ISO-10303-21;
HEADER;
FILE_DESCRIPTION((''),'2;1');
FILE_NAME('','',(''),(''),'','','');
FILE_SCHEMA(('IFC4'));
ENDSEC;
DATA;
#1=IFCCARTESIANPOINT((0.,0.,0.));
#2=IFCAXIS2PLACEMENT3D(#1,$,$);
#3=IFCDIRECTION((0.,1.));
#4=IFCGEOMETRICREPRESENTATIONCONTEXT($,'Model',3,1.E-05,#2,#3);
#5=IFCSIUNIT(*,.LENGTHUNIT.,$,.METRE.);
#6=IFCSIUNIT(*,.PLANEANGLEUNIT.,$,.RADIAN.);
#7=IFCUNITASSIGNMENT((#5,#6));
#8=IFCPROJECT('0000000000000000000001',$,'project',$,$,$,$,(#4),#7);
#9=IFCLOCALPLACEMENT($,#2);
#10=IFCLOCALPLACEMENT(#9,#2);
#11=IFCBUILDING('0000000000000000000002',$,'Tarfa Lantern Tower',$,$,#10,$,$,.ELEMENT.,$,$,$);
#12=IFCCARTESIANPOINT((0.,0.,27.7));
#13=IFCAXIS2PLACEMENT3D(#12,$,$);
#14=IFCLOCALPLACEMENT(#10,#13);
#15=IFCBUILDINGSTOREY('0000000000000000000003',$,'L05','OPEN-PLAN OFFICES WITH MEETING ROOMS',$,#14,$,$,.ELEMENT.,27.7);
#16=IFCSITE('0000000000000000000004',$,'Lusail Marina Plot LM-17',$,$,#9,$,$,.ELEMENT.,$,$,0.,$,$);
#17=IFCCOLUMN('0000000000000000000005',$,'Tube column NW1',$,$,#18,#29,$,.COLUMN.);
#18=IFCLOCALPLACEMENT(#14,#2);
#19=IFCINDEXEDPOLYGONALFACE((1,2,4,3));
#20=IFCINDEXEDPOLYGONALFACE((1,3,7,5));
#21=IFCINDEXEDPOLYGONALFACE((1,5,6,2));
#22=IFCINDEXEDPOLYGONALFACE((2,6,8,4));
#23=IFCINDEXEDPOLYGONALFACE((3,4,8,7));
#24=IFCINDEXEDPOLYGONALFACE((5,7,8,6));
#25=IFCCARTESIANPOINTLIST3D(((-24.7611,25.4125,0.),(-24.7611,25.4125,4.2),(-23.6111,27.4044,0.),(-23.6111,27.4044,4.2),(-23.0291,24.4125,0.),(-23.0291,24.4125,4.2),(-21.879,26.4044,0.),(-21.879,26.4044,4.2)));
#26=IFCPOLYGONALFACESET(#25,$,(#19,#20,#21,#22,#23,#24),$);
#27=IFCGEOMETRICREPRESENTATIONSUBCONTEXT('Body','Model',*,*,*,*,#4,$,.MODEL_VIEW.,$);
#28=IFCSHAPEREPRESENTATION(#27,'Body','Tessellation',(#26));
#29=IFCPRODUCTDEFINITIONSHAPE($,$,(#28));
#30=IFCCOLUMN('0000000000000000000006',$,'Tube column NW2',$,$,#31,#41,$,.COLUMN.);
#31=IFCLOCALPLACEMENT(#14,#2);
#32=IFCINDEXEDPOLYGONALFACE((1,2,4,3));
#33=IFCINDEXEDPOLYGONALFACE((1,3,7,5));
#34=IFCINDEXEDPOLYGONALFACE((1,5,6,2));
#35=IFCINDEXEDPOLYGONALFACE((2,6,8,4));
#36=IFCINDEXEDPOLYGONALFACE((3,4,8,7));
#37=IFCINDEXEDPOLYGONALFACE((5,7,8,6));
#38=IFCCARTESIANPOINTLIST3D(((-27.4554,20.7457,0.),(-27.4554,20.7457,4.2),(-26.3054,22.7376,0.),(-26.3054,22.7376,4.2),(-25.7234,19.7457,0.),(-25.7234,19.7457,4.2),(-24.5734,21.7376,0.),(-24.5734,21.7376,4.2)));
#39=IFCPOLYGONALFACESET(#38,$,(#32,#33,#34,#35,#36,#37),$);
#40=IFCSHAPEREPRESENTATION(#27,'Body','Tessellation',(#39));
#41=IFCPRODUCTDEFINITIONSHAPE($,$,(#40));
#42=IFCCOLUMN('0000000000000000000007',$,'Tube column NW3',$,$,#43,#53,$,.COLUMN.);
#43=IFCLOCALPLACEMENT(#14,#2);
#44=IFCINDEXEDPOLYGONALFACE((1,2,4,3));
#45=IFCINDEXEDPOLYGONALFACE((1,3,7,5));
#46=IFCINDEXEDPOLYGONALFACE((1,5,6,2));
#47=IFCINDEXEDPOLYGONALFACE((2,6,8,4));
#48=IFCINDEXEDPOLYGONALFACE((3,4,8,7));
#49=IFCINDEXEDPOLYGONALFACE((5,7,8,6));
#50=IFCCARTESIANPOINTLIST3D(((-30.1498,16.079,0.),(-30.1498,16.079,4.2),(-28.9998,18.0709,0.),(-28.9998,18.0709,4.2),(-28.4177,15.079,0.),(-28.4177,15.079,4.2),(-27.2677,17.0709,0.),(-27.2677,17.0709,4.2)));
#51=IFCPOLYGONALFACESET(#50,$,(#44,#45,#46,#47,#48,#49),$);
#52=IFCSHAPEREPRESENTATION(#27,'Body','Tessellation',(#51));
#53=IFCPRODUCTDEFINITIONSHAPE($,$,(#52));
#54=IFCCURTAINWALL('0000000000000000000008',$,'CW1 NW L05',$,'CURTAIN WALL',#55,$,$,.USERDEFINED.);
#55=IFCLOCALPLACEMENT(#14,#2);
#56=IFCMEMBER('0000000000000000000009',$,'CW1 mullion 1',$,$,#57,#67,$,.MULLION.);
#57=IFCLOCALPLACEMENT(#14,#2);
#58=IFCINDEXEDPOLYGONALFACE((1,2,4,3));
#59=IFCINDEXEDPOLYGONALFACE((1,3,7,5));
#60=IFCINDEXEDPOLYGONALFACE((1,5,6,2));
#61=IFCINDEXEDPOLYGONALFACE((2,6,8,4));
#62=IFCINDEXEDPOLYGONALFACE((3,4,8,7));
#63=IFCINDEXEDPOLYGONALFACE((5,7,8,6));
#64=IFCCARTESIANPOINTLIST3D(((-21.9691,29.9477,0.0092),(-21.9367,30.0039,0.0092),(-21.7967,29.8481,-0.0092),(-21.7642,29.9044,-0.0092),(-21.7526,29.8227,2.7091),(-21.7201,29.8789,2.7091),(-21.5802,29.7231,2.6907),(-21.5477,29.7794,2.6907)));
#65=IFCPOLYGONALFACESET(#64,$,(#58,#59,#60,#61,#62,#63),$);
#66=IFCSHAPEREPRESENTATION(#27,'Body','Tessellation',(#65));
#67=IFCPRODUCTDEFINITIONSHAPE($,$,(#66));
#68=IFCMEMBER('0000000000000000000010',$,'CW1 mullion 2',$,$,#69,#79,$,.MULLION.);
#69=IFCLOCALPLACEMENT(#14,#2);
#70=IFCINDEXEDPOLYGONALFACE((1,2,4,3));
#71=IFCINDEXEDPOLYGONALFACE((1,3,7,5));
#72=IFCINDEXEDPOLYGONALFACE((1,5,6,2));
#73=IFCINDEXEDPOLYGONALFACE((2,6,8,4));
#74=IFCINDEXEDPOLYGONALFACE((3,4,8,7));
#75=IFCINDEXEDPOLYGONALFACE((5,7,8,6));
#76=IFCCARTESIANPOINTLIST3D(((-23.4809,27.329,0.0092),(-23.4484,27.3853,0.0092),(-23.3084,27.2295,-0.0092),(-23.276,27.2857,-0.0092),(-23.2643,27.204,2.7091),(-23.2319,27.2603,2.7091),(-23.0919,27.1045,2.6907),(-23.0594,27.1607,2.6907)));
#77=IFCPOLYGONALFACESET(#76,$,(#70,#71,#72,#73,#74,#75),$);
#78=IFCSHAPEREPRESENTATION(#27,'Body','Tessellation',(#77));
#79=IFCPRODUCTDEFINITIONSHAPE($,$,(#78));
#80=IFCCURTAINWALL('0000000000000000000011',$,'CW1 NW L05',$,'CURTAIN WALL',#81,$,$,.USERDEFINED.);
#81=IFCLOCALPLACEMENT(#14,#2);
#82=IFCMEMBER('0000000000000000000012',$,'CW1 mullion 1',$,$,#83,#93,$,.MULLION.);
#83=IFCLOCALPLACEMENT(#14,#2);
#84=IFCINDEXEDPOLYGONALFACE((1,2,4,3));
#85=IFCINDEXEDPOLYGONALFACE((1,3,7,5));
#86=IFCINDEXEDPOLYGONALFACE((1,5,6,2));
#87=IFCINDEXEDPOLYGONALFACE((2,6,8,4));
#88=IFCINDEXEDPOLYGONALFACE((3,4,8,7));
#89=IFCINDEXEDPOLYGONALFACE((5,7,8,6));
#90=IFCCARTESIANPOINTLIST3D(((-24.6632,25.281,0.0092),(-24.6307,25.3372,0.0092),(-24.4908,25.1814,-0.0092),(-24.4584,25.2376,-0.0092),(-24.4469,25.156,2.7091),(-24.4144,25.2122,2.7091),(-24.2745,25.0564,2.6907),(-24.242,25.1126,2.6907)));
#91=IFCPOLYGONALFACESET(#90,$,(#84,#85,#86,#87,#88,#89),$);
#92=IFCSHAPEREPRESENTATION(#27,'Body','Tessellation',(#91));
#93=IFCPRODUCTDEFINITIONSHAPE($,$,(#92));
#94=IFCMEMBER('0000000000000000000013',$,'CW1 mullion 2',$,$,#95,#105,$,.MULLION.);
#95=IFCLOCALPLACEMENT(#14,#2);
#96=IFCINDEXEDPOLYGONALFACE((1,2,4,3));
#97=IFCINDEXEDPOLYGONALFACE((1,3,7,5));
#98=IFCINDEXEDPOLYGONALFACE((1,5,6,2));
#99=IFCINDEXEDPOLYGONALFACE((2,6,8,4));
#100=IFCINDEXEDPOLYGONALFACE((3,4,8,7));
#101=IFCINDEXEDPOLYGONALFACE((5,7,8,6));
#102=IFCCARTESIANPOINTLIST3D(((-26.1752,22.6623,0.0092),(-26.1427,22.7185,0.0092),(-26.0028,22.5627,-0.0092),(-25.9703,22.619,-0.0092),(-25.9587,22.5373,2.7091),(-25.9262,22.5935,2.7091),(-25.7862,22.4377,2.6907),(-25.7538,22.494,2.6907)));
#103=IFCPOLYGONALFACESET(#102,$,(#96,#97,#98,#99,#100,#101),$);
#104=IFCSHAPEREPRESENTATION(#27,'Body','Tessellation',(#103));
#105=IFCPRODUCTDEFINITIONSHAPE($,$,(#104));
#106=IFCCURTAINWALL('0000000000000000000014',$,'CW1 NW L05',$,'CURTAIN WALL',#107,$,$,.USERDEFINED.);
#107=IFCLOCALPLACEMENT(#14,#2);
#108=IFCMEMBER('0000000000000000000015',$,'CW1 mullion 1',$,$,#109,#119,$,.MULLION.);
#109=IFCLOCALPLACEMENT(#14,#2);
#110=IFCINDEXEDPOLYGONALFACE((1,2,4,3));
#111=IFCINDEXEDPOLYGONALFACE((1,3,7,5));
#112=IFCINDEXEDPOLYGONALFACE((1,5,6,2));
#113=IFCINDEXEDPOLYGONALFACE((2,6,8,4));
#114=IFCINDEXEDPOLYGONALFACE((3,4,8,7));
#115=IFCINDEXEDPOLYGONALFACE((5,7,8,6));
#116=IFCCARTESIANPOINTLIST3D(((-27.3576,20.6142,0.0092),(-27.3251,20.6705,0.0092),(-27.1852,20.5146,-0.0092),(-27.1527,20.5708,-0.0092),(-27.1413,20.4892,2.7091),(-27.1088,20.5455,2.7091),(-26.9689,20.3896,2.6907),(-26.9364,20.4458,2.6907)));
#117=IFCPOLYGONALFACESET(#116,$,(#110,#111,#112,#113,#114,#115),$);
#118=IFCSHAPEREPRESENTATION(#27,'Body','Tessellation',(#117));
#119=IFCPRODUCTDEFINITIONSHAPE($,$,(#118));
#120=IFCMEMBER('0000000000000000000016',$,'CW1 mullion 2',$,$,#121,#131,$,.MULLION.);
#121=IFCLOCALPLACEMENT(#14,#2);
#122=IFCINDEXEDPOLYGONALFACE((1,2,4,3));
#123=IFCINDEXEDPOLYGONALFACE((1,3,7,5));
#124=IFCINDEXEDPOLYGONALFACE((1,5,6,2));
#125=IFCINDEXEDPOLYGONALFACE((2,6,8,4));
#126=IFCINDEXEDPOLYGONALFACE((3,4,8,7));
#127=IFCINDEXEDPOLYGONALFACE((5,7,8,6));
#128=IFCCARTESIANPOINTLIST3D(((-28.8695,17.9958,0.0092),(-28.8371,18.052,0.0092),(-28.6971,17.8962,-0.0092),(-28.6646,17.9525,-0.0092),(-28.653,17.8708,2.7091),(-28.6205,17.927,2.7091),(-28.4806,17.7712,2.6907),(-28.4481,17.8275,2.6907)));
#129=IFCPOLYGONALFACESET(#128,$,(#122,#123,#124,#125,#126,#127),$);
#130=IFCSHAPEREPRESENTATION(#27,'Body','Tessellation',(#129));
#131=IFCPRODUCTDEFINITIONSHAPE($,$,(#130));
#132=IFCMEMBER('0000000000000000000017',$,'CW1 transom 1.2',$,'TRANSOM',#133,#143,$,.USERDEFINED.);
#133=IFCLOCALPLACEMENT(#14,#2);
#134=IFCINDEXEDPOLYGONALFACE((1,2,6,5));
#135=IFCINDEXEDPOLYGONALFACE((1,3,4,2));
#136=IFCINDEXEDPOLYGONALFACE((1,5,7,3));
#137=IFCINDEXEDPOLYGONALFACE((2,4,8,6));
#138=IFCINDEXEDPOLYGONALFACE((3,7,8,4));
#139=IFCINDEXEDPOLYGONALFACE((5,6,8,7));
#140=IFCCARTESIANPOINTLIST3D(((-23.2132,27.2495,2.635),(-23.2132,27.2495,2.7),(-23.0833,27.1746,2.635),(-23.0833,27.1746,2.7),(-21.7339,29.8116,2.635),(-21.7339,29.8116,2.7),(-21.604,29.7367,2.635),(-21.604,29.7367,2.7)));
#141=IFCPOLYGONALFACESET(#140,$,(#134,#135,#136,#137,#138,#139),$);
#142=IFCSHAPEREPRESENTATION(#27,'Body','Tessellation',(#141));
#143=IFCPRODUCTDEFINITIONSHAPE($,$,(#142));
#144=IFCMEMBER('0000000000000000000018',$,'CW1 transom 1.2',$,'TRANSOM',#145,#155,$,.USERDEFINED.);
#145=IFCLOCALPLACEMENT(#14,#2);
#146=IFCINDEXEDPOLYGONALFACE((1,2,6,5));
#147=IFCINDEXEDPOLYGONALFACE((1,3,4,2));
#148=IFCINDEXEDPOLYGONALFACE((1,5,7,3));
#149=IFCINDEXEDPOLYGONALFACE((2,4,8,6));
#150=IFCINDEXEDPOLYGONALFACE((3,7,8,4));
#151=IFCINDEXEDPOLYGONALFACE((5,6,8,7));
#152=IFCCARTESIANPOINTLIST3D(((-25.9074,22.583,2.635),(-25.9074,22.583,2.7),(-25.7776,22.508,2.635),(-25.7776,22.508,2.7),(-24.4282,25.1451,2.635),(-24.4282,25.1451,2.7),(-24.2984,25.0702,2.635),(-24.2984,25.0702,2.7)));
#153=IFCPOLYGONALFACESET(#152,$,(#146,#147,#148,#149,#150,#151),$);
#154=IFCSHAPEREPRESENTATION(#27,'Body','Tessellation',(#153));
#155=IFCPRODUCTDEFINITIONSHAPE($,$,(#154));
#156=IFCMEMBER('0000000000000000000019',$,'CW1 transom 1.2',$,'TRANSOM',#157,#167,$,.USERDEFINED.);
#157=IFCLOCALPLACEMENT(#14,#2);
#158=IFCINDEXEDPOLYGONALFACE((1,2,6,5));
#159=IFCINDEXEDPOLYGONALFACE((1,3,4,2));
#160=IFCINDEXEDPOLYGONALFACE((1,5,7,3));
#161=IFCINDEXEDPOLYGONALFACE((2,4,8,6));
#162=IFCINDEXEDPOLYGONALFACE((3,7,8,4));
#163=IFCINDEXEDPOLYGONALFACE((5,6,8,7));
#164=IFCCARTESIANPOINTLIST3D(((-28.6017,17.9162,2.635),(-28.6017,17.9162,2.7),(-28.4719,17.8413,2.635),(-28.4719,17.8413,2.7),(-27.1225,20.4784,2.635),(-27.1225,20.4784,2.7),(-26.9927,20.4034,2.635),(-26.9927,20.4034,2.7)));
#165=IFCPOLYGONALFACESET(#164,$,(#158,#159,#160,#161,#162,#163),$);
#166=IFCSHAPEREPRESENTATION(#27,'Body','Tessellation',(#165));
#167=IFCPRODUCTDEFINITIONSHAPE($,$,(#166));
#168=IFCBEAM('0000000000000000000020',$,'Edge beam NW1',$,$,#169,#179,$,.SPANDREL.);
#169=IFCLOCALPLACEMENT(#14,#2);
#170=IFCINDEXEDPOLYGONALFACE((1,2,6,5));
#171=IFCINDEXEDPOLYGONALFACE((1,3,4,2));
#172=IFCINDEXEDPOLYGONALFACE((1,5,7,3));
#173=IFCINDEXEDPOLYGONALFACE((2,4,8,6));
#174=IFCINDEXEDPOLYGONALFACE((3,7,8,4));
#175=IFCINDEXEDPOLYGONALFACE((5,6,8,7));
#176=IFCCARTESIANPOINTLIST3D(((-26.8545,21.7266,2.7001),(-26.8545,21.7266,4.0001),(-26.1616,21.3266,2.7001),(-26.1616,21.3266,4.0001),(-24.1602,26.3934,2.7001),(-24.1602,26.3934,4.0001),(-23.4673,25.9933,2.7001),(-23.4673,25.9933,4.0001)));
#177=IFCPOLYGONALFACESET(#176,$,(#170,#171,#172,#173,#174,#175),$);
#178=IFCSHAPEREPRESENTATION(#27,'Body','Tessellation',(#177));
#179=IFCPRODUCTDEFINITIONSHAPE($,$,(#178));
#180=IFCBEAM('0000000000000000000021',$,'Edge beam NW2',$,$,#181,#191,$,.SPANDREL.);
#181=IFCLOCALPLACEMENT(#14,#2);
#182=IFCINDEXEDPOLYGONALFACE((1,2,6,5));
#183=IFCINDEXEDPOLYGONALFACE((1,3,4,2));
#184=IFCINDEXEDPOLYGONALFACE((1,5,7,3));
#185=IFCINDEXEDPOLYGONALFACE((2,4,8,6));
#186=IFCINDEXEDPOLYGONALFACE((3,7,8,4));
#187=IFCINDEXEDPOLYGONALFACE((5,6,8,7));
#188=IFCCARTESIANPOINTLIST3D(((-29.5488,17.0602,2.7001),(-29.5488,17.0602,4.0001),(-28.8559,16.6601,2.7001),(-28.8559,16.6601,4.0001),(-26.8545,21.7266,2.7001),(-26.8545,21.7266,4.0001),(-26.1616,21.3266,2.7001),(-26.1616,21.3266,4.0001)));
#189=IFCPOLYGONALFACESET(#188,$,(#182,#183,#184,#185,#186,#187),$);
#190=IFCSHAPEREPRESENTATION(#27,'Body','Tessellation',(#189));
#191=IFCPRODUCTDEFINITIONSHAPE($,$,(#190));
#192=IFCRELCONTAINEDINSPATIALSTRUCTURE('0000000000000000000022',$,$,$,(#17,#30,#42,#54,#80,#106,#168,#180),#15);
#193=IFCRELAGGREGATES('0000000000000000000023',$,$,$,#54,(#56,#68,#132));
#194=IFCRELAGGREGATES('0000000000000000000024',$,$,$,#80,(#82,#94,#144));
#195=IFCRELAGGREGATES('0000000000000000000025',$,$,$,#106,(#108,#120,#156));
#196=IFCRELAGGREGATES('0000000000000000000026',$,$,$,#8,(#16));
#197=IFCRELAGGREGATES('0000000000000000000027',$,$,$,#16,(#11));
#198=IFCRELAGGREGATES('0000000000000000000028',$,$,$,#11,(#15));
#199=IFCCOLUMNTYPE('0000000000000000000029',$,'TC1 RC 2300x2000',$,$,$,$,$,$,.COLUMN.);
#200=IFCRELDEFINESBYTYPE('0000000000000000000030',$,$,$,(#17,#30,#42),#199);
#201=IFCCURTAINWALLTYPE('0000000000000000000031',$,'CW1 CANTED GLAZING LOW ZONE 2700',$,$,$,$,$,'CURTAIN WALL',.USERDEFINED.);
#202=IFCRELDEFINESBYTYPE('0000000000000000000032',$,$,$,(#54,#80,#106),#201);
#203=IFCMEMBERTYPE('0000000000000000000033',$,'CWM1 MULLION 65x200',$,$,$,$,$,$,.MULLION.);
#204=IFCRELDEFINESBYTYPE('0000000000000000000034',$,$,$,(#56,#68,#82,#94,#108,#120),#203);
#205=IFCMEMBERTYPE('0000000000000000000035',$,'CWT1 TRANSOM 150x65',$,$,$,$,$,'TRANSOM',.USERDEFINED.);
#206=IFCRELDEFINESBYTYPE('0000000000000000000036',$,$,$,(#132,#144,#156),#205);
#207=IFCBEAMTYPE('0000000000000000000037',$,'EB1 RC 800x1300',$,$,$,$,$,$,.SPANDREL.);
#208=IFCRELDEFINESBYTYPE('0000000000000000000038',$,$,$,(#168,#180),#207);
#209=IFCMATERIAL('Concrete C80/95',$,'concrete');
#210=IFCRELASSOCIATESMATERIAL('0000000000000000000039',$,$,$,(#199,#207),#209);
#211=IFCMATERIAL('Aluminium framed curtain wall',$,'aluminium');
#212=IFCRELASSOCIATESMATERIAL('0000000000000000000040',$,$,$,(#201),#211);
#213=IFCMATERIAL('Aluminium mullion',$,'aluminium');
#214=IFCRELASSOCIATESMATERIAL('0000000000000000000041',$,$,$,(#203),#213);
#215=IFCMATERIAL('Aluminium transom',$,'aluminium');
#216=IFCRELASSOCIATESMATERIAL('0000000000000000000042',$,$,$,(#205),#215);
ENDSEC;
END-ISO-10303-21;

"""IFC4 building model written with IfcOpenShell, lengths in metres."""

from ifc_helpers import new_model, si_unit, direction, frame, origin, origin_2d, place, context, subcontext, project, spatial, rectangle, extrude, material, material_profile, profile_set, type_object, element, aggregate, save


model = new_model("IFC4")

# Units and contexts
model_context = context("Model", 3, precision=1e-05, world=origin(), true_north=direction((0.0, 1.0)))
body_context = subcontext(model_context, "Body", "Model", "MODEL_VIEW")
ifc_project = project(units=[si_unit("LENGTHUNIT", "METRE"), si_unit("PLANEANGLEUNIT", "RADIAN")], contexts=[model_context])

# Site, building, storey
site_placement = place(None, origin())
site = spatial("IfcSite", under=ifc_project, at=site_placement, Name="Lusail Marina Plot LM-17", CompositionType="ELEMENT", RefElevation=0.0)
building_placement = place(site_placement, origin())
building = spatial("IfcBuilding", under=site, at=building_placement, Name="Tarfa Lantern Tower", CompositionType="ELEMENT")
storey_placement = place(building_placement, frame((0.0, 0.0, 27.7)))
storey = spatial("IfcBuildingStorey", under=building, at=storey_placement, Name="L05", Description="OPEN-PLAN OFFICES WITH MEETING ROOMS", CompositionType="ELEMENT", Elevation=27.7)

# Columns
ifc_material_1 = material(Name="Concrete C80/95", Category="concrete")
ifc_material_profile_1 = material_profile(ifc_material_1, rectangle(XDim=2.3, YDim=2.0, at=origin_2d()), Name="RC 2300x2000")
ifc_profile_set_1 = profile_set([ifc_material_profile_1], Name="Concrete C80/95")
column_type = type_object("IfcColumnType", Name="TC1 RC 2300x2000", PredefinedType="COLUMN", material=ifc_profile_set_1)
for number, where, z_axis, x_axis, name in (
    (1, (-23.3201, 25.9084, 0.0), (0.0, 0.0, 1.0), (-0.5, -0.866025, 0.0), "Tube column NW1"),
    (2, (-26.0144, 21.2417, 0.0), (0.0, 0.0, 1.0), (-0.5, -0.866025, 0.0), "Tube column NW2"),
    (3, (-28.7087, 16.575, 0.0), (0.0, 0.0, 1.0), (-0.5, -0.866025, 0.0), "Tube column NW3"),
):
    element("IfcColumn", number, at=place(storey_placement, frame(where, z_axis=z_axis, x_axis=x_axis)), inside=storey, type_object=column_type, Name=name, PredefinedType="COLUMN", context=body_context, shape_type="SweptSolid", body=[
        extrude(rectangle(XDim=2.3, YDim=2.0, at=origin_2d()), origin(), (0.0, 0.0, 1.0), 4.2),
    ])

# Curtain walls, members
ifc_material_2 = material(Name="Aluminium framed curtain wall", Category="aluminium")
curtain_wall_type = type_object("IfcCurtainWallType", Name="CW1 CANTED GLAZING LOW ZONE 2700", ElementType="CURTAIN WALL", PredefinedType="USERDEFINED", material=ifc_material_2)
curtain_wall_1_placement = place(storey_placement, origin())
curtain_wall_1 = element("IfcCurtainWall", 4, at=curtain_wall_1_placement, inside=storey, type_object=curtain_wall_type, Name="CW1 NW L05", ObjectType="CURTAIN WALL", PredefinedType="USERDEFINED")
ifc_material_3 = material(Name="Aluminium mullion", Category="aluminium")
ifc_material_profile_2 = material_profile(ifc_material_3, rectangle(XDim=0.0649, YDim=0.2, at=origin_2d()), Name="AL MULLION 65x200")
ifc_profile_set_2 = profile_set([ifc_material_profile_2], Name="Aluminium mullion")
member_type_1 = type_object("IfcMemberType", Name="CWM1 MULLION 65x200", PredefinedType="MULLION", material=ifc_profile_set_2)
member_1_placement = place(storey_placement, frame((-21.8667, 29.926, 0.0), z_axis=(0.079864, -0.0461, 0.995739), x_axis=(0.49992, 0.866072, 0.0)))
member_1 = element("IfcMember", 5, at=member_1_placement, type_object=member_type_1, Name="CW1 mullion 1", PredefinedType="MULLION", context=body_context, shape_type="SweptSolid", body=[
    extrude(rectangle(XDim=0.0649, YDim=0.2, at=origin_2d()), origin(), (0.0, 0.0, 1.0), 2.7114),
])
member_2_placement = place(storey_placement, frame((-23.3784, 27.3074, 0.0), z_axis=(0.079864, -0.0461, 0.995739), x_axis=(0.49992, 0.866072, 0.0)))
member_2 = element("IfcMember", 6, at=member_2_placement, type_object=member_type_1, Name="CW1 mullion 2", PredefinedType="MULLION", context=body_context, shape_type="SweptSolid", body=[
    extrude(rectangle(XDim=0.0649, YDim=0.2, at=origin_2d()), origin(), (0.0, 0.0, 1.0), 2.7114),
])
curtain_wall_2_placement = place(storey_placement, origin())
curtain_wall_2 = element("IfcCurtainWall", 7, at=curtain_wall_2_placement, inside=storey, type_object=curtain_wall_type, Name="CW1 NW L05", ObjectType="CURTAIN WALL", PredefinedType="USERDEFINED")
member_3_placement = place(storey_placement, frame((-24.5608, 25.2593, 0.0), z_axis=(0.079775, -0.0461, 0.995746), x_axis=(0.500343, 0.865827, 0.0)))
member_3 = element("IfcMember", 8, at=member_3_placement, type_object=member_type_1, Name="CW1 mullion 1", PredefinedType="MULLION", context=body_context, shape_type="SweptSolid", body=[
    extrude(rectangle(XDim=0.0649, YDim=0.2, at=origin_2d()), origin(), (0.0, 0.0, 1.0), 2.7114),
])
member_4_placement = place(storey_placement, frame((-26.0728, 22.6406, 0.0), z_axis=(0.079864, -0.0461, 0.995739), x_axis=(0.49992, 0.866072, 0.0)))
member_4 = element("IfcMember", 9, at=member_4_placement, type_object=member_type_1, Name="CW1 mullion 2", PredefinedType="MULLION", context=body_context, shape_type="SweptSolid", body=[
    extrude(rectangle(XDim=0.0649, YDim=0.2, at=origin_2d()), origin(), (0.0, 0.0, 1.0), 2.7114),
])
curtain_wall_3_placement = place(storey_placement, origin())
curtain_wall_3 = element("IfcCurtainWall", 10, at=curtain_wall_3_placement, inside=storey, type_object=curtain_wall_type, Name="CW1 NW L05", ObjectType="CURTAIN WALL", PredefinedType="USERDEFINED")
member_5_placement = place(storey_placement, frame((-27.2551, 20.5925, 0.0), z_axis=(0.079775, -0.0461, 0.995746), x_axis=(0.500343, 0.865827, 0.0)))
member_5 = element("IfcMember", 11, at=member_5_placement, type_object=member_type_1, Name="CW1 mullion 1", PredefinedType="MULLION", context=body_context, shape_type="SweptSolid", body=[
    extrude(rectangle(XDim=0.0649, YDim=0.2, at=origin_2d()), origin(), (0.0, 0.0, 1.0), 2.7114),
])
member_6_placement = place(storey_placement, frame((-28.7671, 17.9741, 0.0), z_axis=(0.079864, -0.0461, 0.995739), x_axis=(0.49992, 0.866072, 0.0)))
member_6 = element("IfcMember", 12, at=member_6_placement, type_object=member_type_1, Name="CW1 mullion 2", PredefinedType="MULLION", context=body_context, shape_type="SweptSolid", body=[
    extrude(rectangle(XDim=0.0649, YDim=0.2, at=origin_2d()), origin(), (0.0, 0.0, 1.0), 2.7114),
])

# Members
ifc_material_4 = material(Name="Aluminium transom", Category="aluminium")
ifc_material_profile_3 = material_profile(ifc_material_4, rectangle(XDim=0.1499, YDim=0.0649, at=origin_2d()), Name="AL TRANSOM 150x65")
ifc_profile_set_3 = profile_set([ifc_material_profile_3], Name="Aluminium transom")
member_type_2 = type_object("IfcMemberType", Name="CWT1 TRANSOM 150x65", ElementType="TRANSOM", PredefinedType="USERDEFINED", material=ifc_profile_set_3)
member_7_placement = place(storey_placement, frame((-21.6689, 29.7742, 2.6675), z_axis=(-0.500018, -0.866015, 0.0), x_axis=(0.866015, -0.500018, 0.0)))
member_7 = element("IfcMember", 13, at=member_7_placement, type_object=member_type_2, Name="CW1 transom 1.2", ObjectType="TRANSOM", PredefinedType="USERDEFINED", context=body_context, shape_type="SweptSolid", body=[
    extrude(rectangle(XDim=0.1499, YDim=0.0649, at=origin_2d()), origin(), (0.0, 0.0, 1.0), 2.9585),
])
member_8_placement = place(storey_placement, frame((-24.3633, 25.1077, 2.6675), z_axis=(-0.499982, -0.866036, 0.0), x_axis=(0.866036, -0.499982, 0.0)))
member_8 = element("IfcMember", 14, at=member_8_placement, type_object=member_type_2, Name="CW1 transom 1.2", ObjectType="TRANSOM", PredefinedType="USERDEFINED", context=body_context, shape_type="SweptSolid", body=[
    extrude(rectangle(XDim=0.1499, YDim=0.0649, at=origin_2d()), origin(), (0.0, 0.0, 1.0), 2.9585),
])
member_9_placement = place(storey_placement, frame((-27.0576, 20.4409, 2.6675), z_axis=(-0.499982, -0.866036, 0.0), x_axis=(0.866036, -0.499982, 0.0)))
member_9 = element("IfcMember", 15, at=member_9_placement, type_object=member_type_2, Name="CW1 transom 1.2", ObjectType="TRANSOM", PredefinedType="USERDEFINED", context=body_context, shape_type="SweptSolid", body=[
    extrude(rectangle(XDim=0.1499, YDim=0.0649, at=origin_2d()), origin(), (0.0, 0.0, 1.0), 2.9585),
])

# Beams
ifc_material_profile_4 = material_profile(ifc_material_1, rectangle(XDim=0.8, YDim=1.3, at=origin_2d()), Name="RC 800x1300")
ifc_profile_set_4 = profile_set([ifc_material_profile_4], Name="Concrete C80/95")
beam_type_1 = type_object("IfcBeamType", Name="EB1 RC 800x1300", PredefinedType="SPANDREL", material=ifc_profile_set_4)
beam_1_placement = place(storey_placement, frame((-23.8137, 26.1934, 3.3501), z_axis=(-0.499998, -0.866026, 0.0), x_axis=(0.866026, -0.499998, 0.0)))
element("IfcBeam", 16, at=beam_1_placement, inside=storey, type_object=beam_type_1, Name="Edge beam NW1", PredefinedType="SPANDREL", context=body_context, shape_type="SweptSolid", body=[
    extrude(rectangle(XDim=0.8, YDim=1.3, at=origin_2d()), origin(), (0.0, 0.0, 1.0), 5.3887),
])
beam_2_placement = place(storey_placement, frame((-26.5081, 21.5266, 3.3501), z_axis=(-0.500018, -0.866015, 0.0), x_axis=(0.866015, -0.500018, 0.0)))
element("IfcBeam", 17, at=beam_2_placement, inside=storey, type_object=beam_type_1, Name="Edge beam NW2", PredefinedType="SPANDREL", context=body_context, shape_type="SweptSolid", body=[
    extrude(rectangle(XDim=0.8, YDim=1.3, at=origin_2d()), origin(), (0.0, 0.0, 1.0), 5.3884),
])

aggregate(curtain_wall_1, [member_1, member_2, member_7])
aggregate(curtain_wall_2, [member_3, member_4, member_8])
aggregate(curtain_wall_3, [member_5, member_6, member_9])

save(model, "model.ifc")
